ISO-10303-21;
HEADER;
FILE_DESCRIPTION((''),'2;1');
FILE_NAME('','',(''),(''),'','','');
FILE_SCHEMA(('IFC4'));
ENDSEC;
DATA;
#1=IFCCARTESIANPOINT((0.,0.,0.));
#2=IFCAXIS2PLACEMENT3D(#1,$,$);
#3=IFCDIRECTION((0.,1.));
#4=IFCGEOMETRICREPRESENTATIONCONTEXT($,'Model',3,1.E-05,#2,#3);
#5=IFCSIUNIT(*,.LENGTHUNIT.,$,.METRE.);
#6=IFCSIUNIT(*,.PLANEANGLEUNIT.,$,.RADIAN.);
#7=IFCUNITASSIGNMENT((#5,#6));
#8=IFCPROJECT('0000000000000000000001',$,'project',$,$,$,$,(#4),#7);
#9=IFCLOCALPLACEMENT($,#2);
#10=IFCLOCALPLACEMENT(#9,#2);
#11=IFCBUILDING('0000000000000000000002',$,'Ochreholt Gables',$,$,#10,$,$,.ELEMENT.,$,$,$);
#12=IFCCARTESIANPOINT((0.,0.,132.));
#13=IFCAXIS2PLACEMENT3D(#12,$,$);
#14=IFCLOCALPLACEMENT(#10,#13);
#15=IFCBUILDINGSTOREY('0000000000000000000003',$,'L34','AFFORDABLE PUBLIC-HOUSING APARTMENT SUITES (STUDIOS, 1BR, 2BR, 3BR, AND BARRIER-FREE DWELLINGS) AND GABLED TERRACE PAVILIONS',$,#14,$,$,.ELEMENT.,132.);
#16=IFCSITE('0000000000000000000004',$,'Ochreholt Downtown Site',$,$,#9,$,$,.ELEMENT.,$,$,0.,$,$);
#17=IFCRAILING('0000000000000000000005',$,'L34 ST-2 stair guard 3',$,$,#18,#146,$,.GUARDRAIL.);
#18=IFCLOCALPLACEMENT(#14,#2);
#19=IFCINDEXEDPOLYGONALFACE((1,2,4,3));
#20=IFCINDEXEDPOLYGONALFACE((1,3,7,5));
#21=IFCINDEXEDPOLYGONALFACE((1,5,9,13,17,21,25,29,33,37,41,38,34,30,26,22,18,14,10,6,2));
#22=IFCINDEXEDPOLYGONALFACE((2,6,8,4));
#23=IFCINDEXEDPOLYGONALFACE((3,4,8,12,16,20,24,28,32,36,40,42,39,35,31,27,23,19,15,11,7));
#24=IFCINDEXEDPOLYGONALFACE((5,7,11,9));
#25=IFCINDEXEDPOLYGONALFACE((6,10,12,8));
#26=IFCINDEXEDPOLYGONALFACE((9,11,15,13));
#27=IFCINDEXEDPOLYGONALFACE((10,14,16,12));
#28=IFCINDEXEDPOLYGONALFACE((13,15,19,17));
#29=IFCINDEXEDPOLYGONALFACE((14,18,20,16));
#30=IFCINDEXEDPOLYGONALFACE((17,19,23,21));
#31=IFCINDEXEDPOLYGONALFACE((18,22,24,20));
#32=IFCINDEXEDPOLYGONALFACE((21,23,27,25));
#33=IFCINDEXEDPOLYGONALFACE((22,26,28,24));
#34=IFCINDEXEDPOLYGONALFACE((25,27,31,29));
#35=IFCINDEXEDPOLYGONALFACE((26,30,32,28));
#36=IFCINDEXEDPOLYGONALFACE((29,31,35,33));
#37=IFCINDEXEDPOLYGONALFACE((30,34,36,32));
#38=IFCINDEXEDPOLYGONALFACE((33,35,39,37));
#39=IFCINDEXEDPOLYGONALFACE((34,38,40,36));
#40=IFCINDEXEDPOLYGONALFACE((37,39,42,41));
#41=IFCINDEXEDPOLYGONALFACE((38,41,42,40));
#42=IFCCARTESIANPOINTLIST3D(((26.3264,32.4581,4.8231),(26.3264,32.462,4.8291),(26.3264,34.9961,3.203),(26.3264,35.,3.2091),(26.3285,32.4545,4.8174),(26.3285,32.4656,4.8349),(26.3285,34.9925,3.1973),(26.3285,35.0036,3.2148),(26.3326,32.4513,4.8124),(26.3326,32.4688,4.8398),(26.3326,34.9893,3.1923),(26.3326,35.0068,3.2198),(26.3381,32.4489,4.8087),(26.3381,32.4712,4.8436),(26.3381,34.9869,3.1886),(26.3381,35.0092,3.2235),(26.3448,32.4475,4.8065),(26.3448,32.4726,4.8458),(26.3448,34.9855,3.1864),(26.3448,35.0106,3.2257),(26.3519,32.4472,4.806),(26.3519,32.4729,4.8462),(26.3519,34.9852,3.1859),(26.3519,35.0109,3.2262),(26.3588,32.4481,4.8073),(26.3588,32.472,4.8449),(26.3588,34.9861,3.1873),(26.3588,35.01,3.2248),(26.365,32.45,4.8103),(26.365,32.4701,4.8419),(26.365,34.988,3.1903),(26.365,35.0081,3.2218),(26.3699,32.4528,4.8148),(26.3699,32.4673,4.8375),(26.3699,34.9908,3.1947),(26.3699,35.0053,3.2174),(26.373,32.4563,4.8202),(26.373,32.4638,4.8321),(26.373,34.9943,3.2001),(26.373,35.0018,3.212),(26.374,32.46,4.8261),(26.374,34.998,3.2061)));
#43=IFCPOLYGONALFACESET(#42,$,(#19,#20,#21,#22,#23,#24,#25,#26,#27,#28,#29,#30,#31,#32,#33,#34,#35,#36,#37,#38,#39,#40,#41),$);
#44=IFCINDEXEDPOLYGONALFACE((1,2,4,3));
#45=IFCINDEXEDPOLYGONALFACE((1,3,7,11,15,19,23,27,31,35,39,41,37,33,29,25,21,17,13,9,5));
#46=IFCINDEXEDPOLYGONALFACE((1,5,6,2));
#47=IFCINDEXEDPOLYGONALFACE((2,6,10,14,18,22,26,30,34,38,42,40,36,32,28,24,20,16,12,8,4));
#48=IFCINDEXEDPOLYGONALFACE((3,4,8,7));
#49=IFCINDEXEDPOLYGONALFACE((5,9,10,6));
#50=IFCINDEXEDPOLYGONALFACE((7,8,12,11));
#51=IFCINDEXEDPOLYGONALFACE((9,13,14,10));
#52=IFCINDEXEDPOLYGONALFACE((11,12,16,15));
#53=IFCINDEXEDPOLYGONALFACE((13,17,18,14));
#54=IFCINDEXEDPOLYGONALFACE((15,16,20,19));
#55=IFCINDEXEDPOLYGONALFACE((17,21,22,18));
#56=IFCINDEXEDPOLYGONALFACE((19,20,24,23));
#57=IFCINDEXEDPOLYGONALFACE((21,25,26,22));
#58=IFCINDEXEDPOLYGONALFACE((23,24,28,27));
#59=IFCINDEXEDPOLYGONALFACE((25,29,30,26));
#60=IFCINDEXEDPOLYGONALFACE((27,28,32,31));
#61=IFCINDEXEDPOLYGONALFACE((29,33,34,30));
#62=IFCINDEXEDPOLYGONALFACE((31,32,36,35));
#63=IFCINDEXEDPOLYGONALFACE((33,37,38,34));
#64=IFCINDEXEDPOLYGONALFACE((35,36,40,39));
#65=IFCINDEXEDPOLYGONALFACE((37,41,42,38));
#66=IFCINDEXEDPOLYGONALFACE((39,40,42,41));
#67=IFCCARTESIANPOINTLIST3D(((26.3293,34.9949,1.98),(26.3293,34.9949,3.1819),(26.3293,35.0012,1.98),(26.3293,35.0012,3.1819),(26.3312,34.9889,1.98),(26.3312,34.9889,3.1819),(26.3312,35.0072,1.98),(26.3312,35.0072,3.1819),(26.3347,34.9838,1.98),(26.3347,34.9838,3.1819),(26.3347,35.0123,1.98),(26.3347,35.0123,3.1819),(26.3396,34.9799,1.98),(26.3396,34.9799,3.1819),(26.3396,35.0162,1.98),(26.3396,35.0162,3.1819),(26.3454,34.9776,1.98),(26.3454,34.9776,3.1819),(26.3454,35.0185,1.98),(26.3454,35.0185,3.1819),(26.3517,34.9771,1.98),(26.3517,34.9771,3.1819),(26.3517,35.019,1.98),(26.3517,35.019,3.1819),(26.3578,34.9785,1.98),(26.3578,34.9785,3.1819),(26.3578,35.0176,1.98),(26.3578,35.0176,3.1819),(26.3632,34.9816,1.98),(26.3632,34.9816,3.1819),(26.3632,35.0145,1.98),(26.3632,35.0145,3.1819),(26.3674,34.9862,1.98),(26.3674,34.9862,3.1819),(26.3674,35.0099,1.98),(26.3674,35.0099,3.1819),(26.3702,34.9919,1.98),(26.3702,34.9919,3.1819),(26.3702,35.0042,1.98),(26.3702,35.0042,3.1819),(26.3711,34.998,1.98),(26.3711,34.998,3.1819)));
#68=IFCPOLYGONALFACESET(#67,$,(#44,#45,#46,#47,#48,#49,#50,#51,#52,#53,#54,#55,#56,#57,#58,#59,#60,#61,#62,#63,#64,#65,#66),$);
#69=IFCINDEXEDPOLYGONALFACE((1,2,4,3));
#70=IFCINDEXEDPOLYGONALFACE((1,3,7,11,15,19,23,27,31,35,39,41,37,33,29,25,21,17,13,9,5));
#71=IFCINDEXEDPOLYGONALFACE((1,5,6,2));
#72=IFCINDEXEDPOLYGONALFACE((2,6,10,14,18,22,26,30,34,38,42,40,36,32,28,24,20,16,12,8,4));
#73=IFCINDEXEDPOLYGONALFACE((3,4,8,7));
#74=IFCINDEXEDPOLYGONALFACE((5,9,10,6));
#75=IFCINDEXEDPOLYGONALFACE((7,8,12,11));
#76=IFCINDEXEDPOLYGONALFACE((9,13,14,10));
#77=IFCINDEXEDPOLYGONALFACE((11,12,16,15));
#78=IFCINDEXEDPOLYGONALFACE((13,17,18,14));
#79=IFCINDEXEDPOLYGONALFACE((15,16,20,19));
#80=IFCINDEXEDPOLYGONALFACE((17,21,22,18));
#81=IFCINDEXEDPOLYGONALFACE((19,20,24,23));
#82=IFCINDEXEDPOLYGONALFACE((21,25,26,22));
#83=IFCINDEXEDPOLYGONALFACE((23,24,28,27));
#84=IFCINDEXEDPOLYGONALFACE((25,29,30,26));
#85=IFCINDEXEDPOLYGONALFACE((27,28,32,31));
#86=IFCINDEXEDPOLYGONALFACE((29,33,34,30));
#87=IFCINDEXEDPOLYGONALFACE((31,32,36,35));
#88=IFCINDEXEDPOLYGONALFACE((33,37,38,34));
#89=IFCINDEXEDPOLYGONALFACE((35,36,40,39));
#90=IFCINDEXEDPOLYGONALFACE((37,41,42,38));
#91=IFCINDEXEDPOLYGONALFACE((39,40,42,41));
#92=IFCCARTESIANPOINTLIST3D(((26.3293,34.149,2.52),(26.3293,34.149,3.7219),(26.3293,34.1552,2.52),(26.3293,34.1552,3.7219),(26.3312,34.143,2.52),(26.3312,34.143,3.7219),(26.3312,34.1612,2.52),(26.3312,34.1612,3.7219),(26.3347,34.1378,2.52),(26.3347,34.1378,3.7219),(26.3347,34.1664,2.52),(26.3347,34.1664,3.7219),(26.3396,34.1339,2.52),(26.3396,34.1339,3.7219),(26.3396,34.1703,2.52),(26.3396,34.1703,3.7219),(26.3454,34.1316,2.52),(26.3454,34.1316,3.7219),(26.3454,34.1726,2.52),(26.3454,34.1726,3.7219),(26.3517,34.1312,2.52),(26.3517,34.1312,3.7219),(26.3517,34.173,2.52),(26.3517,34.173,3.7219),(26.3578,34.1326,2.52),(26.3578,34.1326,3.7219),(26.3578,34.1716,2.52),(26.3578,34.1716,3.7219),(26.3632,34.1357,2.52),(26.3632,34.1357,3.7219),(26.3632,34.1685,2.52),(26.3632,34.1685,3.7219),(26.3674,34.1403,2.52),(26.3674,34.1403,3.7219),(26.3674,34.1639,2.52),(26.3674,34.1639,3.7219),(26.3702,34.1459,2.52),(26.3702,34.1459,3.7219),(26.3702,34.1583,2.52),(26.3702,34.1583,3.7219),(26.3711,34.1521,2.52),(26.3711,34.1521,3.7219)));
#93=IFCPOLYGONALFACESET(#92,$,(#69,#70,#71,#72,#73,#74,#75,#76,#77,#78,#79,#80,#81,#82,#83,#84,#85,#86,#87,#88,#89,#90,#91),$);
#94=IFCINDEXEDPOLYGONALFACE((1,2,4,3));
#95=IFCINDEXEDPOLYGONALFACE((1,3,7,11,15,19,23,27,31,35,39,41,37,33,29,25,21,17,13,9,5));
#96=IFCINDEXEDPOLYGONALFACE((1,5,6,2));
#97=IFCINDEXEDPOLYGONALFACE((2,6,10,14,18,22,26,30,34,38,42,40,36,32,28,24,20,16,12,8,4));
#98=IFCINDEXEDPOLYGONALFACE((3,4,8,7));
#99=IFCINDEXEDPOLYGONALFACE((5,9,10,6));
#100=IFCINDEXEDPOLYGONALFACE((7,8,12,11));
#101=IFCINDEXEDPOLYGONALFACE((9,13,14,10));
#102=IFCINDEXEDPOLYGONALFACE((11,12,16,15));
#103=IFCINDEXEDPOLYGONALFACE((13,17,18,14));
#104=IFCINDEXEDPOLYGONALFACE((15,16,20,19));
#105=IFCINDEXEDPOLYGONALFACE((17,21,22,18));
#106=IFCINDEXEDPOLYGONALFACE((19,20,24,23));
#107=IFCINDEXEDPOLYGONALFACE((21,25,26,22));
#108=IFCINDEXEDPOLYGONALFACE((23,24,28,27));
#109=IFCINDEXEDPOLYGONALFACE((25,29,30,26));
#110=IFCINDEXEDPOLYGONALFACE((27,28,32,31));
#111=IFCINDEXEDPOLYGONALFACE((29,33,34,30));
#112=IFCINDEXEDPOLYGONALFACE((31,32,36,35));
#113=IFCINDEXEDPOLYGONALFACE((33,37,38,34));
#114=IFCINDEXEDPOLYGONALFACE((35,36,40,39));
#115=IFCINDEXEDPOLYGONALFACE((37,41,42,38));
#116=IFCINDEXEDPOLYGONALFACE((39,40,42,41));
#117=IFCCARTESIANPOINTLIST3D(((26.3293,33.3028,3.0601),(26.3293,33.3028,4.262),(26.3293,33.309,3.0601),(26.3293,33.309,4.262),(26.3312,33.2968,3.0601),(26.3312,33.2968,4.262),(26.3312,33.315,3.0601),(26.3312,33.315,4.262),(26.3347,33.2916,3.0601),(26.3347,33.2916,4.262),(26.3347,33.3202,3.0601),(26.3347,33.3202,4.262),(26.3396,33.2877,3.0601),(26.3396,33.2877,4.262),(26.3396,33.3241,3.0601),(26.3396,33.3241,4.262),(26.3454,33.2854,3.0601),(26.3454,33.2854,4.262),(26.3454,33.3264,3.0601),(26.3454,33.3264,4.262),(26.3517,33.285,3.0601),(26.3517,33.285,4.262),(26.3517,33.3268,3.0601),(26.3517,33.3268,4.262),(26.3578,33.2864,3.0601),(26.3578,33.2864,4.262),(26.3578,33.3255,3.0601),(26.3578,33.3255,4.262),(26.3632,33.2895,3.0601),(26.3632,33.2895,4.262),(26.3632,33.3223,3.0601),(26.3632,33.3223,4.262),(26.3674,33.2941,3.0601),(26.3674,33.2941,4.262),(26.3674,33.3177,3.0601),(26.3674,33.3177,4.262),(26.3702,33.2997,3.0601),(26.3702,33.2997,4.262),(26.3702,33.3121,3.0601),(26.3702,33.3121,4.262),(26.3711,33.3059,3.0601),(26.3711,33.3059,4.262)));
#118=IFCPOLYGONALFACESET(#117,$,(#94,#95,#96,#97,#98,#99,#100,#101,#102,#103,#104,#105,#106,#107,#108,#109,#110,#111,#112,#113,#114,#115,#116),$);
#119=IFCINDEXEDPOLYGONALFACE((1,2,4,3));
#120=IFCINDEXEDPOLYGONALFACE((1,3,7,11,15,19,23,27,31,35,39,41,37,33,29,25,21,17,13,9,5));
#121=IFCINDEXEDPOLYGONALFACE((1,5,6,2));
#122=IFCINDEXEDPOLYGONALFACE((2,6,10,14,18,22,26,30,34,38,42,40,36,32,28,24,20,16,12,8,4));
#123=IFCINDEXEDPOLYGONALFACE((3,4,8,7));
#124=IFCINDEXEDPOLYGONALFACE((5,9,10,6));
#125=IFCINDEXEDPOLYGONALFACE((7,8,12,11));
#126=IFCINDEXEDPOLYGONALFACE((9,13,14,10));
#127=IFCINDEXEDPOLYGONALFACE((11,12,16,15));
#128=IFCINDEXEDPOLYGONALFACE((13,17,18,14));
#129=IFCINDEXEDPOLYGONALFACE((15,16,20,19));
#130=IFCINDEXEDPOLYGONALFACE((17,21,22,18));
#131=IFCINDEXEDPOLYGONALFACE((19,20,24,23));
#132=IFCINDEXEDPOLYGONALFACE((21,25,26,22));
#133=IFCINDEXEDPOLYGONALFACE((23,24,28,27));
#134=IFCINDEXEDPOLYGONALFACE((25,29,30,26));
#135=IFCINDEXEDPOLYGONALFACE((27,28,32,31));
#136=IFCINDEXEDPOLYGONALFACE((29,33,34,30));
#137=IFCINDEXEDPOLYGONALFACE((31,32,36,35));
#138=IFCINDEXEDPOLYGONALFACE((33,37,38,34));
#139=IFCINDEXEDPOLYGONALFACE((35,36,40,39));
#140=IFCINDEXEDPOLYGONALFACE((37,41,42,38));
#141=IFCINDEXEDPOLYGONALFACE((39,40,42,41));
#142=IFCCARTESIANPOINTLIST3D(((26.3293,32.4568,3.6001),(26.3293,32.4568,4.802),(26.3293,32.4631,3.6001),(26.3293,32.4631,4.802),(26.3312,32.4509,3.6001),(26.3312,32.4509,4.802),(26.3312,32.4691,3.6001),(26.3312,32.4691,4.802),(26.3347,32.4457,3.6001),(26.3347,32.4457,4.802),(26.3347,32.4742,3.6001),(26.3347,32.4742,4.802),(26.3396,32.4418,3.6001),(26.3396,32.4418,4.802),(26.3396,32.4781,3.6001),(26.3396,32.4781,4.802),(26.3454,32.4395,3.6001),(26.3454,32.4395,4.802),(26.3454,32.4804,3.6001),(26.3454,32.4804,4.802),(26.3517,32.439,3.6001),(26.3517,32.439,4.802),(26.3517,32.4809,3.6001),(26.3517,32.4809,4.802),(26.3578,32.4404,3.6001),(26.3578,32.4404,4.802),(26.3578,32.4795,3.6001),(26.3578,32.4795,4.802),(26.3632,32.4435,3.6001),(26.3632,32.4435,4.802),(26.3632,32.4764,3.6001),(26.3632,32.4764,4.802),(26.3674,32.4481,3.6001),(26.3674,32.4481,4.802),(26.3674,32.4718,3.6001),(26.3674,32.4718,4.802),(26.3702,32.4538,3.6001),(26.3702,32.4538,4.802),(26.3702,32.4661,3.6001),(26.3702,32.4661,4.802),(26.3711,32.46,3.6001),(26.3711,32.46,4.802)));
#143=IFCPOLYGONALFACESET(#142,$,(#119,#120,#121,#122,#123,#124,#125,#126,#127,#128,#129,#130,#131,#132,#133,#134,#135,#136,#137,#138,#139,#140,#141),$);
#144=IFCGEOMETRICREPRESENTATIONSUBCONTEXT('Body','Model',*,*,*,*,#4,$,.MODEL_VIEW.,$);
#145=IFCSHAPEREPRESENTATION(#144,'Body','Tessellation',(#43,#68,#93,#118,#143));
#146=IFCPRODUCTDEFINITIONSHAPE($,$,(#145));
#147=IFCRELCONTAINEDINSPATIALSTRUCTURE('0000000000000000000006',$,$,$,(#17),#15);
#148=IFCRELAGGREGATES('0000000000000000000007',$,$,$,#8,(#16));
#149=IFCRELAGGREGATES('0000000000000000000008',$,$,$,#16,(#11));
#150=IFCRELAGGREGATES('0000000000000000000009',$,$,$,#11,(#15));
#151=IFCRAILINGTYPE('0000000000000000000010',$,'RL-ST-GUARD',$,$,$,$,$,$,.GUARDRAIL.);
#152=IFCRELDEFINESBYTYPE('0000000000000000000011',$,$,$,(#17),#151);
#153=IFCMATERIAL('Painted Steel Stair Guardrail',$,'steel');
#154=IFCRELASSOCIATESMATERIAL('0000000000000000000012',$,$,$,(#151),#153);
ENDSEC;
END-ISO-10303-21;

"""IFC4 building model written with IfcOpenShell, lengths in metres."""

from ifc_helpers import new_model, si_unit, direction, frame, origin, origin_2d, place, context, subcontext, project, spatial, circle, extrude, material, type_object, element, save


model = new_model("IFC4")

# Units and contexts
model_context = context("Model", 3, precision=1e-05, world=origin(), true_north=direction((0.0, 1.0)))
body_context = subcontext(model_context, "Body", "Model", "MODEL_VIEW")
ifc_project = project(units=[si_unit("LENGTHUNIT", "METRE"), si_unit("PLANEANGLEUNIT", "RADIAN")], contexts=[model_context])

# Site, building, storey
site_placement = place(None, origin())
site = spatial("IfcSite", under=ifc_project, at=site_placement, Name="Ochreholt Downtown Site", CompositionType="ELEMENT", RefElevation=0.0)
building_placement = place(site_placement, origin())
building = spatial("IfcBuilding", under=site, at=building_placement, Name="Ochreholt Gables", CompositionType="ELEMENT")
storey_placement = place(building_placement, frame((0.0, 0.0, 132.0)))
storey = spatial("IfcBuildingStorey", under=building, at=storey_placement, Name="L34", Description="AFFORDABLE PUBLIC-HOUSING APARTMENT SUITES (STUDIOS, 1BR, 2BR, 3BR, AND BARRIER-FREE DWELLINGS) AND GABLED TERRACE PAVILIONS", CompositionType="ELEMENT", Elevation=132.0)

# Railing
ifc_material_1 = material(Name="Painted Steel Stair Guardrail", Category="steel")
railing_type_1 = type_object("IfcRailingType", Name="RL-ST-GUARD", PredefinedType="GUARDRAIL", material=ifc_material_1)
railing_1_placement = place(storey_placement, frame((26.3501, 34.998, 1.98)))
element("IfcRailing", 1, at=railing_1_placement, inside=storey, type_object=railing_type_1, Name="L34 ST-2 stair guard 3", PredefinedType="GUARDRAIL", context=body_context, shape_type="SweptSolid", body=[
    extrude(circle(Radius=0.0239, at=origin_2d()), frame((0.0, 0.0, 1.2261), z_axis=(0.0, -0.842913, 0.53805), x_axis=(1.0, 0.0, 0.0)), (0.0, 0.0, 1.0), 3.011),
    extrude(circle(Radius=0.021, at=origin_2d()), origin(), (0.0, 0.0, 1.0), 1.2019),
    extrude(circle(Radius=0.021, at=origin_2d()), frame((0.0, -0.8459, 0.54)), (0.0, 0.0, 1.0), 1.2019),
    extrude(circle(Radius=0.021, at=origin_2d()), frame((0.0, -1.6921, 1.0801)), (0.0, 0.0, 1.0), 1.2019),
    extrude(circle(Radius=0.021, at=origin_2d()), frame((0.0, -2.5381, 1.6201)), (0.0, 0.0, 1.0), 1.2019),
])

save(model, "model.ifc")
